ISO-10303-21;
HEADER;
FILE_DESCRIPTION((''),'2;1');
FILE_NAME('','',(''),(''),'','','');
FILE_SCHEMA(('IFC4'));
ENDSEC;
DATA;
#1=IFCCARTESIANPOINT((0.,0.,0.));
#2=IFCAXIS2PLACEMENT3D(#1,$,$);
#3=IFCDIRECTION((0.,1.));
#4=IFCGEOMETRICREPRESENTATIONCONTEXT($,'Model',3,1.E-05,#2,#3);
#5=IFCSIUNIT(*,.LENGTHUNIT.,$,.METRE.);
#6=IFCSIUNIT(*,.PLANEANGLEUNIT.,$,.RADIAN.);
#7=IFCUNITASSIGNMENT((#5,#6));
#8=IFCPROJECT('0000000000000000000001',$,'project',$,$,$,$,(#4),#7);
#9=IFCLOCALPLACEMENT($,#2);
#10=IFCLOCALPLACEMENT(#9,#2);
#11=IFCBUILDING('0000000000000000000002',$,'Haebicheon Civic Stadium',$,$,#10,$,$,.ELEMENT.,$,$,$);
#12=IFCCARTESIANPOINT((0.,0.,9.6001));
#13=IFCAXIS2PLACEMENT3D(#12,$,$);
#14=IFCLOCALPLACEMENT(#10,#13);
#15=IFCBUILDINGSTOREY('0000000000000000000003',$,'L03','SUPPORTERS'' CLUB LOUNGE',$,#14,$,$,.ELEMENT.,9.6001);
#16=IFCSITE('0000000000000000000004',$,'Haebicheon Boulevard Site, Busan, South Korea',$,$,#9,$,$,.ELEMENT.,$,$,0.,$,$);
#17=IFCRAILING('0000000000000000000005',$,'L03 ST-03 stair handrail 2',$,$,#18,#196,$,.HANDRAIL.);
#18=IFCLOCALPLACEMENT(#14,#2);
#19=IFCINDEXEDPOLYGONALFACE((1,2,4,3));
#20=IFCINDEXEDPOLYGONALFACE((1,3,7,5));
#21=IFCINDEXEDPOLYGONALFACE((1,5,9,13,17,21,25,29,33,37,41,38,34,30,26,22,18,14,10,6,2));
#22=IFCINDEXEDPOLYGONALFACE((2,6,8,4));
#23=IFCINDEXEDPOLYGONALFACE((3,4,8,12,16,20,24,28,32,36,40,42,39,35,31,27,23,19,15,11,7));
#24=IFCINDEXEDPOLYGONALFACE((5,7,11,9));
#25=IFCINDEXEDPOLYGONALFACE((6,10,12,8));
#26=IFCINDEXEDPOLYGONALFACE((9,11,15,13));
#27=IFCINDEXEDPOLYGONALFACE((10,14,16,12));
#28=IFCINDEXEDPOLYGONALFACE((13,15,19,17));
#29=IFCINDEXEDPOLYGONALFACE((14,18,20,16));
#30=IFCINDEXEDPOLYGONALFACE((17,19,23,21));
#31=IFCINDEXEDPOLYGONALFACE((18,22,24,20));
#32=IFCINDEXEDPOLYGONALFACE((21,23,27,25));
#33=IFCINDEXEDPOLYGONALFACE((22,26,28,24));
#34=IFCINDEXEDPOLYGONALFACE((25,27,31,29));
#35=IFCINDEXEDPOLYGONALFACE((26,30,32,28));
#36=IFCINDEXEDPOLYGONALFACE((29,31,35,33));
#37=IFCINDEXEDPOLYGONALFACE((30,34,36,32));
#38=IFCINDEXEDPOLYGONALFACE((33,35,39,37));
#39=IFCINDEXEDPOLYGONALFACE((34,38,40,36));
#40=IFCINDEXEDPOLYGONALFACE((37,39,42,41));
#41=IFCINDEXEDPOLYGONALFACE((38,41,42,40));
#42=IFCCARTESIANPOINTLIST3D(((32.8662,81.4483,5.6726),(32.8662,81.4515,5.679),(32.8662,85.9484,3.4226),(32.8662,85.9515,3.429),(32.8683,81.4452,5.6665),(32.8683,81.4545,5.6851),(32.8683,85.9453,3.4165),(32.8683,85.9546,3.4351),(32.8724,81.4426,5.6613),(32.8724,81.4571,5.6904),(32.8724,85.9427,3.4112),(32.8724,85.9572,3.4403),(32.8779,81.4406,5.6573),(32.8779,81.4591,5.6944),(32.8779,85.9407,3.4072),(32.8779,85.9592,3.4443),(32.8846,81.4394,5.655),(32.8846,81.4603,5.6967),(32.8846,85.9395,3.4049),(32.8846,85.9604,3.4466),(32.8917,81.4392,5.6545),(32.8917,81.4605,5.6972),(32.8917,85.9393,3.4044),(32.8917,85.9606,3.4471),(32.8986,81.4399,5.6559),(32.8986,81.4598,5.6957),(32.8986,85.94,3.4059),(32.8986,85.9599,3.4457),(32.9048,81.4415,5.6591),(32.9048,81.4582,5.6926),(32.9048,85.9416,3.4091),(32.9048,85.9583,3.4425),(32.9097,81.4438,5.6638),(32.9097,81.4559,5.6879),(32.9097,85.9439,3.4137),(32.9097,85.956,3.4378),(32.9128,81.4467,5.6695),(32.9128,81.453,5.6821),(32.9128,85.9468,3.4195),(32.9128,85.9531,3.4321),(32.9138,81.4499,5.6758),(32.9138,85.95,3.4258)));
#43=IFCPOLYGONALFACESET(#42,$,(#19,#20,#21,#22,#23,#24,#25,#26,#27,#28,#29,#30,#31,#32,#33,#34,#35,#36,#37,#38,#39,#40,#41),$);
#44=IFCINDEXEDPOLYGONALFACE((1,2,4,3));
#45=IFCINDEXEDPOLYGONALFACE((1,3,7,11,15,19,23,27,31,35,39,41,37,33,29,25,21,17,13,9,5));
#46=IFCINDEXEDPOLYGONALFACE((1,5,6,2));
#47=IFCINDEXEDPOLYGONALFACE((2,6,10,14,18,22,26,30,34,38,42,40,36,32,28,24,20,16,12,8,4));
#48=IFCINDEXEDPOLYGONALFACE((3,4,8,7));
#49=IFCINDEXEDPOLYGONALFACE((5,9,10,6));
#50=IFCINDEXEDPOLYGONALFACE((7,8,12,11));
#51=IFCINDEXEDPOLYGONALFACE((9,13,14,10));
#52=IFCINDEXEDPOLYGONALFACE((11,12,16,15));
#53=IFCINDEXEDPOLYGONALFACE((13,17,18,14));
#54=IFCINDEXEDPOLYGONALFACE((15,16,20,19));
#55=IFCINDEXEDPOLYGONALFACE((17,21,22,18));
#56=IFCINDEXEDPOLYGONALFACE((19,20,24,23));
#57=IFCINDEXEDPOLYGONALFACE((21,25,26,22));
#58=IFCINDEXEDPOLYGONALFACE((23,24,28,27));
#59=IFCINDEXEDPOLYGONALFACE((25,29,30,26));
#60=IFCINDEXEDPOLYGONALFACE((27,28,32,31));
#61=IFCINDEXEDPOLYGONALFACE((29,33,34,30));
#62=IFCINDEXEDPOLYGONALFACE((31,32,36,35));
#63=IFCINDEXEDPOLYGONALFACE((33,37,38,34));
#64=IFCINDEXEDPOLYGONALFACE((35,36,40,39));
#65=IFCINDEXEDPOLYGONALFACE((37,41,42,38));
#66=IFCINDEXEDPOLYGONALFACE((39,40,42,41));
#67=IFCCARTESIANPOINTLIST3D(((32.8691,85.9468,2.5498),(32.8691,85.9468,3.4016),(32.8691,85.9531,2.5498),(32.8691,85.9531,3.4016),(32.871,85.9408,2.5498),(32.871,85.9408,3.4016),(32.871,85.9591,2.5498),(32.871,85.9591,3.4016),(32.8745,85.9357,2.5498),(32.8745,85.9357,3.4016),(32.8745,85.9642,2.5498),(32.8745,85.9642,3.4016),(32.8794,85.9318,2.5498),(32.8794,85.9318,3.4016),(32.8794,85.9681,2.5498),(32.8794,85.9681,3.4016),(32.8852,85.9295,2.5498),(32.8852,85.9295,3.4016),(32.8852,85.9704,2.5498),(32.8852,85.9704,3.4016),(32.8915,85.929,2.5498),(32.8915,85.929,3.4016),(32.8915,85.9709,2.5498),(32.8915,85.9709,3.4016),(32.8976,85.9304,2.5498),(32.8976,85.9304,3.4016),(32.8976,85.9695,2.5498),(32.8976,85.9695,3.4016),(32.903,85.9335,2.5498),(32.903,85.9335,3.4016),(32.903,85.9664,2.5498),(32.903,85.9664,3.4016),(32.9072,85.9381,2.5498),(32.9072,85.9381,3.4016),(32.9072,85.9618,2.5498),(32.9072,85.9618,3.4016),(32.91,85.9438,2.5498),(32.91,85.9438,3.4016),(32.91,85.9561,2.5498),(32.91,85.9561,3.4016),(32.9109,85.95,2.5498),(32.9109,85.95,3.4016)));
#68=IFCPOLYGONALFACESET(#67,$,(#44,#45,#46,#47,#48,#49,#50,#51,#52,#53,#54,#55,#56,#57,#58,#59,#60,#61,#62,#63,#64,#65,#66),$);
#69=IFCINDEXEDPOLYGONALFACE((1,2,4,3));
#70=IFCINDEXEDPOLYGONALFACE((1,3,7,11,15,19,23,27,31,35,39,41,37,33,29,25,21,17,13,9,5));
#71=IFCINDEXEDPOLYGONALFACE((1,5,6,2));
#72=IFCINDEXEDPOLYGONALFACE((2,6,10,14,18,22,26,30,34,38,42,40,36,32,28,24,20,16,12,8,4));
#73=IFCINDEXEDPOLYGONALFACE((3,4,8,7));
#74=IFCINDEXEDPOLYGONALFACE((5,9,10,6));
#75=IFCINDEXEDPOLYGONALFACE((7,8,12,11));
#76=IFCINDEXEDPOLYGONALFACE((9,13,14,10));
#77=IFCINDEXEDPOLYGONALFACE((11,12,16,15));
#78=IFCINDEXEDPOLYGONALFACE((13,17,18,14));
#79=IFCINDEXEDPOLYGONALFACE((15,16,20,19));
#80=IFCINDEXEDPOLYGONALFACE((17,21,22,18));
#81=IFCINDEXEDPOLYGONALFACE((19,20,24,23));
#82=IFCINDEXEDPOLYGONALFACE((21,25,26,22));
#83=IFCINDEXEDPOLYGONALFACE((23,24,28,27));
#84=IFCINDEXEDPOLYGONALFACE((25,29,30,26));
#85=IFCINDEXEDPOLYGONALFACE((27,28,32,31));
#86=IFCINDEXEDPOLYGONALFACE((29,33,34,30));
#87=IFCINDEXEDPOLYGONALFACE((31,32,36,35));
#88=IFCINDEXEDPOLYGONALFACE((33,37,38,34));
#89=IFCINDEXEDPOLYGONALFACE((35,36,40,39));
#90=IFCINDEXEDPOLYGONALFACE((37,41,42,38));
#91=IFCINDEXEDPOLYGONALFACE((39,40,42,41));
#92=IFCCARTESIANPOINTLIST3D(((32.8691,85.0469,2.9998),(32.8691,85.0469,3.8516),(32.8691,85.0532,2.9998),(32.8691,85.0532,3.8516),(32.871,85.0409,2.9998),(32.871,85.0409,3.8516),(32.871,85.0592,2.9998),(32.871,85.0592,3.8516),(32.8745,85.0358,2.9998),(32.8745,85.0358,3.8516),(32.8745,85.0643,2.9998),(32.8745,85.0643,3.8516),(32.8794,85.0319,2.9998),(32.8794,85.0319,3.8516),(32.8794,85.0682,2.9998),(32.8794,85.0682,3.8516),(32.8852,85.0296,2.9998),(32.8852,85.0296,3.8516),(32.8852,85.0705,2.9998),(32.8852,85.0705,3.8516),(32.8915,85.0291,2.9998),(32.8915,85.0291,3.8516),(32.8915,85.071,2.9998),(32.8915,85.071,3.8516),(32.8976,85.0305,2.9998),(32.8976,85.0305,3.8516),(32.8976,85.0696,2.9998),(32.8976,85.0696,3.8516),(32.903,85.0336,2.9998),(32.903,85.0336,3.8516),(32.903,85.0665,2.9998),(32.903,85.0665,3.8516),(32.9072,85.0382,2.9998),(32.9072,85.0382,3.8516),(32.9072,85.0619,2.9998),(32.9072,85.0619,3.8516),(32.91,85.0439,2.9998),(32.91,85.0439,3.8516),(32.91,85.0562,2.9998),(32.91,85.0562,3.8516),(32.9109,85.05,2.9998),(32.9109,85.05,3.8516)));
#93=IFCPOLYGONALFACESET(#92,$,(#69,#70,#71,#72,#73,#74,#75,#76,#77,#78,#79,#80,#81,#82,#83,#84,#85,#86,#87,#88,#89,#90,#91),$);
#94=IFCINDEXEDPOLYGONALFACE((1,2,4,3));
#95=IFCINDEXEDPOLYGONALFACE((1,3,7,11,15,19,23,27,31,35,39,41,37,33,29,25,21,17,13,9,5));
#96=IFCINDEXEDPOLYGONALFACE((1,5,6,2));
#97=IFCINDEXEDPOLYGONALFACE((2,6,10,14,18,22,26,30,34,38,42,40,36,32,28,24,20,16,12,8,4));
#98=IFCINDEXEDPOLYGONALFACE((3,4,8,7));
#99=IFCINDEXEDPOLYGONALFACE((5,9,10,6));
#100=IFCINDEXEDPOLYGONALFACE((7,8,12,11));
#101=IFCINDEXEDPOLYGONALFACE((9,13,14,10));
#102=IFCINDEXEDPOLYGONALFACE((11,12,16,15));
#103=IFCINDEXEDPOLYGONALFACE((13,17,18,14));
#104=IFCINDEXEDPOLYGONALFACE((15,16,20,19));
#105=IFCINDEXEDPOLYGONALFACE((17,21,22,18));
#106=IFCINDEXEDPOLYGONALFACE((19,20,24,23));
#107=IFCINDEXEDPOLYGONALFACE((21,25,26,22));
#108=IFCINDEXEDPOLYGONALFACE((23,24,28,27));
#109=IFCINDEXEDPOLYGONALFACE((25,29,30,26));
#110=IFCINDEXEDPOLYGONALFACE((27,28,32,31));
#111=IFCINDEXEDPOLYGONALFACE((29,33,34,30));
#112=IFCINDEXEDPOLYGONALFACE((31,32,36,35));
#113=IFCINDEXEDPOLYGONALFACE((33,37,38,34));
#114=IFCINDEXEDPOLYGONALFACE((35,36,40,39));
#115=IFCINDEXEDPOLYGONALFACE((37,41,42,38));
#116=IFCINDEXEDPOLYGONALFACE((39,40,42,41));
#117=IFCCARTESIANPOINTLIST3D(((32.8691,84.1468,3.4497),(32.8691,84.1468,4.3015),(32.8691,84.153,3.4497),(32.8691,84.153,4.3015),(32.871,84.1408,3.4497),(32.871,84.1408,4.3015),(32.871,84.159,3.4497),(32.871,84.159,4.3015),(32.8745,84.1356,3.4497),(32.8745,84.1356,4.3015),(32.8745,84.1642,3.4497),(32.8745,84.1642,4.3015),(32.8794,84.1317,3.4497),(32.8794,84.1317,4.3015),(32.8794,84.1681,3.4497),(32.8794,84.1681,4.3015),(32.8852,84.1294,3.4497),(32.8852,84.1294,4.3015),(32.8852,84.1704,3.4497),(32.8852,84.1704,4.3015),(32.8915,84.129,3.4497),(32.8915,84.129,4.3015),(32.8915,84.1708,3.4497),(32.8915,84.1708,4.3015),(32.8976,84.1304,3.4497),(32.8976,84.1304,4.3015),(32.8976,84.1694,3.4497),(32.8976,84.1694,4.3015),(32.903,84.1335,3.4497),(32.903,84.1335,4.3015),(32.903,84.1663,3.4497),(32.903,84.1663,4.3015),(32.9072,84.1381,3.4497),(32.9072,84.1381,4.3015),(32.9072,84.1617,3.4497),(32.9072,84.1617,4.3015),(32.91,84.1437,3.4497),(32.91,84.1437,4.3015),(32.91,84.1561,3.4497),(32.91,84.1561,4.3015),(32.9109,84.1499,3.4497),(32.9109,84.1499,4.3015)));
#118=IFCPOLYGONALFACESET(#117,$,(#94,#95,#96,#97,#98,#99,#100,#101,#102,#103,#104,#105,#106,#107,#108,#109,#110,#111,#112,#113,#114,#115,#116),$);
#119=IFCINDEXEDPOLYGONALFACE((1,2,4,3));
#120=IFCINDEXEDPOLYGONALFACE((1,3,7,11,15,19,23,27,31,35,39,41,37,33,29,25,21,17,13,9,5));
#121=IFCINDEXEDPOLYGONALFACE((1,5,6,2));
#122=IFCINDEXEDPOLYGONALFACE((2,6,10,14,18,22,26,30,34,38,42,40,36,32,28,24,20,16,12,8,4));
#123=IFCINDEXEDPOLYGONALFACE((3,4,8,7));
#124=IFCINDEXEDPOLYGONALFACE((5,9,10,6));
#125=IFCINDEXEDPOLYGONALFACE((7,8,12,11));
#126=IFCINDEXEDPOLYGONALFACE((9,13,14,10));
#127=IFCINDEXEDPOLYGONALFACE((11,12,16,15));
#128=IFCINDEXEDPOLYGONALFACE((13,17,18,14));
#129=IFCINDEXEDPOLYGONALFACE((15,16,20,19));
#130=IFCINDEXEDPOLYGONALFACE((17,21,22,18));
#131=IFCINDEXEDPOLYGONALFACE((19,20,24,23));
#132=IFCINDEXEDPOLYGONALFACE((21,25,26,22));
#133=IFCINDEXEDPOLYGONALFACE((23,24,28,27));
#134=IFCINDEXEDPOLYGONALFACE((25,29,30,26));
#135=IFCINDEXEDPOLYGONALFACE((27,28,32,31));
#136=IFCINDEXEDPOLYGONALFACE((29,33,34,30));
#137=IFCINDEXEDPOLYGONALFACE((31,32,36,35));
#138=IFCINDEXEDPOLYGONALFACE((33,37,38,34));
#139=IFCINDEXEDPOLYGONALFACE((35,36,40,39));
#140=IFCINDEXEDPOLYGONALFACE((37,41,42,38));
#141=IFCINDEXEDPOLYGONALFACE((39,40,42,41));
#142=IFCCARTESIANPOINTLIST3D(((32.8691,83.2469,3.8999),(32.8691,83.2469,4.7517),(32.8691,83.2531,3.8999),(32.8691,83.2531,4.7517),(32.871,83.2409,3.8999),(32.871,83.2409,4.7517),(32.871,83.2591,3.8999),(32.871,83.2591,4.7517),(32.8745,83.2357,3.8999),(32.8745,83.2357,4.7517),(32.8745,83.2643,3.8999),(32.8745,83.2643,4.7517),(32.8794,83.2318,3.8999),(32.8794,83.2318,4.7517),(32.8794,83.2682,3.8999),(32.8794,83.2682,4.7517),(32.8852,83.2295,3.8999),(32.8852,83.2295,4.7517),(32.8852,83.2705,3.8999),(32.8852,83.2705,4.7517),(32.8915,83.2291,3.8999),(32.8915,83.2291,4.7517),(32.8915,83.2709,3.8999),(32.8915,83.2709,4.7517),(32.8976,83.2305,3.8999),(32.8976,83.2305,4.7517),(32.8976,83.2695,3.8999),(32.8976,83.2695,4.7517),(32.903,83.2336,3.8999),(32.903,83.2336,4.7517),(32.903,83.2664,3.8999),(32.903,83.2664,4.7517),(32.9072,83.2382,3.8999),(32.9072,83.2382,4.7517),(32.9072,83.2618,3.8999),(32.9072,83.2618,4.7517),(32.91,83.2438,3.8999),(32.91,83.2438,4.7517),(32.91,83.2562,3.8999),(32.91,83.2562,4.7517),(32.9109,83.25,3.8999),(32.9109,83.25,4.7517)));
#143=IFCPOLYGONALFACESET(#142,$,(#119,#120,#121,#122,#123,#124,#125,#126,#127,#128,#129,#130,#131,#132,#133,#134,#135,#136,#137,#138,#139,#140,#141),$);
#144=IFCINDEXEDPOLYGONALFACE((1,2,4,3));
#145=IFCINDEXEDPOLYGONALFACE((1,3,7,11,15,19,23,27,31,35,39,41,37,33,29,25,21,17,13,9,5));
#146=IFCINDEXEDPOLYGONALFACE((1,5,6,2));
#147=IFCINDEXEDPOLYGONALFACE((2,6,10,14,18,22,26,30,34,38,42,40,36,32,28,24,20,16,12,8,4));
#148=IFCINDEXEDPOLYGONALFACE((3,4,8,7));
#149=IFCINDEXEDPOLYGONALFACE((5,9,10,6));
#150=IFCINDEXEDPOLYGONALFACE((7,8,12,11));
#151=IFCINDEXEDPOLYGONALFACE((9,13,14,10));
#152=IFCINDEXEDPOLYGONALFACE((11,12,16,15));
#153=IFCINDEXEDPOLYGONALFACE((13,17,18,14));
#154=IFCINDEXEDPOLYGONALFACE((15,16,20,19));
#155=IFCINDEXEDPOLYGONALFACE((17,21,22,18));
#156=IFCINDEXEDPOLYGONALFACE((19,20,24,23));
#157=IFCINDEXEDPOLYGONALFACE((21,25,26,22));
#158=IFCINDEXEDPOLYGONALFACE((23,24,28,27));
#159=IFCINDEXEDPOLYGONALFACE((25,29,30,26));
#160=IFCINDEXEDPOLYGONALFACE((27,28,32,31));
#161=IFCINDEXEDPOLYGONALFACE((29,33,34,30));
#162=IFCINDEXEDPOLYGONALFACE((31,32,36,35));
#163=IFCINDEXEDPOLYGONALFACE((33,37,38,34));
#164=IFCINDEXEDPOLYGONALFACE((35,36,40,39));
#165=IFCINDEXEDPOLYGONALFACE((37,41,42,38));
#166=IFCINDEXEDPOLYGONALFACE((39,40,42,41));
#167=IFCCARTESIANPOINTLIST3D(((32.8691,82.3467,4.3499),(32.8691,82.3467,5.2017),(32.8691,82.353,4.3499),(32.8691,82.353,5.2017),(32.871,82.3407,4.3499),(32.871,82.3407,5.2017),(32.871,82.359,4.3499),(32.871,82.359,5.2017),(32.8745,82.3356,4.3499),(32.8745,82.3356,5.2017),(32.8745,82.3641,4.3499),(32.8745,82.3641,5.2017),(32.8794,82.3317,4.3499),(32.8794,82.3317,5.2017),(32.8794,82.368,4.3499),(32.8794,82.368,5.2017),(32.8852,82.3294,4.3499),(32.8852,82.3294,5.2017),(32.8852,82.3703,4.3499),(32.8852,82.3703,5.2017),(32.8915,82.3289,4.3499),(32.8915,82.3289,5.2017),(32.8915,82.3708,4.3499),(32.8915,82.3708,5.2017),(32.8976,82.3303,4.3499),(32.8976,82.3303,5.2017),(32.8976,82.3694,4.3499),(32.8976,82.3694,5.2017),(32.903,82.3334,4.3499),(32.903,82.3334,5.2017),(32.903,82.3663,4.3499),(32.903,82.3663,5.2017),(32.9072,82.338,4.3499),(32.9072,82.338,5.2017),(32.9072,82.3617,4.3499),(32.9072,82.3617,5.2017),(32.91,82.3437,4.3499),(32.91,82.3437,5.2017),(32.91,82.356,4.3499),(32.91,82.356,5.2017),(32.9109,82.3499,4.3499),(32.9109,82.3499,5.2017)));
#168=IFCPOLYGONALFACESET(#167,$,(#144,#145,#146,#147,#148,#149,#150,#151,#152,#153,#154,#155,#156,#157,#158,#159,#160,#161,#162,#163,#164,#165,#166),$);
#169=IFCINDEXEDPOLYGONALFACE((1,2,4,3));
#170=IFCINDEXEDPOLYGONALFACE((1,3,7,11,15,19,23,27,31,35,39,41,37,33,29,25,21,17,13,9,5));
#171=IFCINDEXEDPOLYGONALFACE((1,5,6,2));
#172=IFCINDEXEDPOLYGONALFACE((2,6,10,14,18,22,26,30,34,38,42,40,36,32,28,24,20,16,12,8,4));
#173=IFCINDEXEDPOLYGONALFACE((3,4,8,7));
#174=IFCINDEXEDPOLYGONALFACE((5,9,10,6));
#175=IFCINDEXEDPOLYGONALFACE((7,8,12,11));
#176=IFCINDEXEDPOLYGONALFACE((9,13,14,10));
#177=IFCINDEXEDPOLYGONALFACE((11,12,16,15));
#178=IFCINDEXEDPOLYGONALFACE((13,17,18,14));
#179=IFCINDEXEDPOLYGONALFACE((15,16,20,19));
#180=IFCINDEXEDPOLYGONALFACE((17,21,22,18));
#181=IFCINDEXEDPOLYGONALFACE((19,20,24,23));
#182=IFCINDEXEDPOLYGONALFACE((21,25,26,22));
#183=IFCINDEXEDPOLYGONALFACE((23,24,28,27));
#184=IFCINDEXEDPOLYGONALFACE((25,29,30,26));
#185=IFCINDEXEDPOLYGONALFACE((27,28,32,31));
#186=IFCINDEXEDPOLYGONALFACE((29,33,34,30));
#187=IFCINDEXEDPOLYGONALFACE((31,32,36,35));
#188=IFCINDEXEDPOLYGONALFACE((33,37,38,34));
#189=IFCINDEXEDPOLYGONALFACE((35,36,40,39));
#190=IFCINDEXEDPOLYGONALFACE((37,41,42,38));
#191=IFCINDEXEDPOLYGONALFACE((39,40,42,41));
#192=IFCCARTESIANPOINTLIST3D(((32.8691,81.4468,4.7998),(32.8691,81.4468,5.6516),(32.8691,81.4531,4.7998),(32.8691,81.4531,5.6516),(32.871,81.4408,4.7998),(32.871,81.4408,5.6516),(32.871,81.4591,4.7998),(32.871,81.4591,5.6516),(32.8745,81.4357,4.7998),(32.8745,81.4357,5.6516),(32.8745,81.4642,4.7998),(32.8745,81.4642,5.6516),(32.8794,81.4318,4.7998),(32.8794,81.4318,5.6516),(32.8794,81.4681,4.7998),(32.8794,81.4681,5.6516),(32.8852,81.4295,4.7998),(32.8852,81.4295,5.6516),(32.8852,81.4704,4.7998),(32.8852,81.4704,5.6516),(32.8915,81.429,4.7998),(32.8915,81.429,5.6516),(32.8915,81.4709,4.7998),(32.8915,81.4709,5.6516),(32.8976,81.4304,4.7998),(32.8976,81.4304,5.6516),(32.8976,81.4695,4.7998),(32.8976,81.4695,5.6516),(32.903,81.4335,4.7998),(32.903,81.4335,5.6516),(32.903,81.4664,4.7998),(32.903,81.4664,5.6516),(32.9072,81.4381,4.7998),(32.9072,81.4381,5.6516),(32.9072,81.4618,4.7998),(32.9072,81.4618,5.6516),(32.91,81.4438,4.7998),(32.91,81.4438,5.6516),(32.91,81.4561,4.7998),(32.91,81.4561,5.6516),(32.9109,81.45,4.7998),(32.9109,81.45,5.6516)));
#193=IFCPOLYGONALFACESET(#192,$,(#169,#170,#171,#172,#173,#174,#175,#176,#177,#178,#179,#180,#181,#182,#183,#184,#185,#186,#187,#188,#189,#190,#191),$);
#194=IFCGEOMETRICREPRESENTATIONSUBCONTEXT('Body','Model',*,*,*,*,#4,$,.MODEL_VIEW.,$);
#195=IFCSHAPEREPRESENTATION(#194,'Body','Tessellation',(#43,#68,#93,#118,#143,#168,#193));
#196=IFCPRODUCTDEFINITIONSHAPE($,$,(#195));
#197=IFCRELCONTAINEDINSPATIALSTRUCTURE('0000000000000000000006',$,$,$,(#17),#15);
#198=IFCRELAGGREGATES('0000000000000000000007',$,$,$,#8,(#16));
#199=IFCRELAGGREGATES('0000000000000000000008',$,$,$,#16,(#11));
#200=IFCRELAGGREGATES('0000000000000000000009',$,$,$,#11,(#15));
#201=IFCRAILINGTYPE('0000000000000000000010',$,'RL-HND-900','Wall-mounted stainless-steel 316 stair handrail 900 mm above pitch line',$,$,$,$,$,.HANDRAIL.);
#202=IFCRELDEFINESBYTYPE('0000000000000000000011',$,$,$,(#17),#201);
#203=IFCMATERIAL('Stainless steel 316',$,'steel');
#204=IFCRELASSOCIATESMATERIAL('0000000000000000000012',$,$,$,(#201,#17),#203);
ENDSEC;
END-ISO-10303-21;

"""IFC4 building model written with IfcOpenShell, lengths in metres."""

from ifc_helpers import new_model, si_unit, direction, frame, origin, origin_2d, place, context, subcontext, project, spatial, circle, extrude, material, type_object, element, save


model = new_model("IFC4")

# Units and contexts
model_context = context("Model", 3, precision=1e-05, world=origin(), true_north=direction((0.0, 1.0)))
body_context = subcontext(model_context, "Body", "Model", "MODEL_VIEW")
ifc_project = project(units=[si_unit("LENGTHUNIT", "METRE"), si_unit("PLANEANGLEUNIT", "RADIAN")], contexts=[model_context])

# Site, building, storey
site_placement = place(None, origin())
site = spatial("IfcSite", under=ifc_project, at=site_placement, Name="Haebicheon Boulevard Site, Busan, South Korea", CompositionType="ELEMENT", RefElevation=0.0)
building_placement = place(site_placement, origin())
building = spatial("IfcBuilding", under=site, at=building_placement, Name="Haebicheon Civic Stadium", CompositionType="ELEMENT")
storey_placement = place(building_placement, frame((0.0, 0.0, 9.6001)))
storey = spatial("IfcBuildingStorey", under=building, at=storey_placement, Name="L03", Description="SUPPORTERS' CLUB LOUNGE", CompositionType="ELEMENT", Elevation=9.6001)

# Railing
ifc_material_1 = material(Name="Stainless steel 316", Category="steel")
railing_type_1 = type_object("IfcRailingType", Name="RL-HND-900", Description="Wall-mounted stainless-steel 316 stair handrail 900 mm above pitch line", PredefinedType="HANDRAIL", material=ifc_material_1)
railing_1_placement = place(storey_placement, frame((32.8899, 85.95, 2.5498)))
element("IfcRailing", 1, at=railing_1_placement, inside=storey, type_object=railing_type_1, material=ifc_material_1, Name="L03 ST-03 stair handrail 2", PredefinedType="HANDRAIL", context=body_context, shape_type="SweptSolid", body=[
    extrude(circle(Radius=0.0239, at=origin_2d()), frame((0.0, 0.0, 0.876), z_axis=(0.0, -0.894427, 0.447214), x_axis=(1.0, 0.0, 0.0)), (0.0, 0.0, 1.0), 5.0312),
    extrude(circle(Radius=0.021, at=origin_2d()), origin(), (0.0, 0.0, 1.0), 0.8518),
    extrude(circle(Radius=0.021, at=origin_2d()), frame((0.0, -0.8999, 0.45)), (0.0, 0.0, 1.0), 0.8518),
    extrude(circle(Radius=0.021, at=origin_2d()), frame((0.0, -1.8, 0.8999)), (0.0, 0.0, 1.0), 0.8518),
    extrude(circle(Radius=0.021, at=origin_2d()), frame((0.0, -2.7, 1.3501)), (0.0, 0.0, 1.0), 0.8518),
    extrude(circle(Radius=0.021, at=origin_2d()), frame((0.0, -3.6001, 1.8)), (0.0, 0.0, 1.0), 0.8518),
    extrude(circle(Radius=0.021, at=origin_2d()), frame((0.0, -4.5, 2.25)), (0.0, 0.0, 1.0), 0.8518),
])

save(model, "model.ifc")
